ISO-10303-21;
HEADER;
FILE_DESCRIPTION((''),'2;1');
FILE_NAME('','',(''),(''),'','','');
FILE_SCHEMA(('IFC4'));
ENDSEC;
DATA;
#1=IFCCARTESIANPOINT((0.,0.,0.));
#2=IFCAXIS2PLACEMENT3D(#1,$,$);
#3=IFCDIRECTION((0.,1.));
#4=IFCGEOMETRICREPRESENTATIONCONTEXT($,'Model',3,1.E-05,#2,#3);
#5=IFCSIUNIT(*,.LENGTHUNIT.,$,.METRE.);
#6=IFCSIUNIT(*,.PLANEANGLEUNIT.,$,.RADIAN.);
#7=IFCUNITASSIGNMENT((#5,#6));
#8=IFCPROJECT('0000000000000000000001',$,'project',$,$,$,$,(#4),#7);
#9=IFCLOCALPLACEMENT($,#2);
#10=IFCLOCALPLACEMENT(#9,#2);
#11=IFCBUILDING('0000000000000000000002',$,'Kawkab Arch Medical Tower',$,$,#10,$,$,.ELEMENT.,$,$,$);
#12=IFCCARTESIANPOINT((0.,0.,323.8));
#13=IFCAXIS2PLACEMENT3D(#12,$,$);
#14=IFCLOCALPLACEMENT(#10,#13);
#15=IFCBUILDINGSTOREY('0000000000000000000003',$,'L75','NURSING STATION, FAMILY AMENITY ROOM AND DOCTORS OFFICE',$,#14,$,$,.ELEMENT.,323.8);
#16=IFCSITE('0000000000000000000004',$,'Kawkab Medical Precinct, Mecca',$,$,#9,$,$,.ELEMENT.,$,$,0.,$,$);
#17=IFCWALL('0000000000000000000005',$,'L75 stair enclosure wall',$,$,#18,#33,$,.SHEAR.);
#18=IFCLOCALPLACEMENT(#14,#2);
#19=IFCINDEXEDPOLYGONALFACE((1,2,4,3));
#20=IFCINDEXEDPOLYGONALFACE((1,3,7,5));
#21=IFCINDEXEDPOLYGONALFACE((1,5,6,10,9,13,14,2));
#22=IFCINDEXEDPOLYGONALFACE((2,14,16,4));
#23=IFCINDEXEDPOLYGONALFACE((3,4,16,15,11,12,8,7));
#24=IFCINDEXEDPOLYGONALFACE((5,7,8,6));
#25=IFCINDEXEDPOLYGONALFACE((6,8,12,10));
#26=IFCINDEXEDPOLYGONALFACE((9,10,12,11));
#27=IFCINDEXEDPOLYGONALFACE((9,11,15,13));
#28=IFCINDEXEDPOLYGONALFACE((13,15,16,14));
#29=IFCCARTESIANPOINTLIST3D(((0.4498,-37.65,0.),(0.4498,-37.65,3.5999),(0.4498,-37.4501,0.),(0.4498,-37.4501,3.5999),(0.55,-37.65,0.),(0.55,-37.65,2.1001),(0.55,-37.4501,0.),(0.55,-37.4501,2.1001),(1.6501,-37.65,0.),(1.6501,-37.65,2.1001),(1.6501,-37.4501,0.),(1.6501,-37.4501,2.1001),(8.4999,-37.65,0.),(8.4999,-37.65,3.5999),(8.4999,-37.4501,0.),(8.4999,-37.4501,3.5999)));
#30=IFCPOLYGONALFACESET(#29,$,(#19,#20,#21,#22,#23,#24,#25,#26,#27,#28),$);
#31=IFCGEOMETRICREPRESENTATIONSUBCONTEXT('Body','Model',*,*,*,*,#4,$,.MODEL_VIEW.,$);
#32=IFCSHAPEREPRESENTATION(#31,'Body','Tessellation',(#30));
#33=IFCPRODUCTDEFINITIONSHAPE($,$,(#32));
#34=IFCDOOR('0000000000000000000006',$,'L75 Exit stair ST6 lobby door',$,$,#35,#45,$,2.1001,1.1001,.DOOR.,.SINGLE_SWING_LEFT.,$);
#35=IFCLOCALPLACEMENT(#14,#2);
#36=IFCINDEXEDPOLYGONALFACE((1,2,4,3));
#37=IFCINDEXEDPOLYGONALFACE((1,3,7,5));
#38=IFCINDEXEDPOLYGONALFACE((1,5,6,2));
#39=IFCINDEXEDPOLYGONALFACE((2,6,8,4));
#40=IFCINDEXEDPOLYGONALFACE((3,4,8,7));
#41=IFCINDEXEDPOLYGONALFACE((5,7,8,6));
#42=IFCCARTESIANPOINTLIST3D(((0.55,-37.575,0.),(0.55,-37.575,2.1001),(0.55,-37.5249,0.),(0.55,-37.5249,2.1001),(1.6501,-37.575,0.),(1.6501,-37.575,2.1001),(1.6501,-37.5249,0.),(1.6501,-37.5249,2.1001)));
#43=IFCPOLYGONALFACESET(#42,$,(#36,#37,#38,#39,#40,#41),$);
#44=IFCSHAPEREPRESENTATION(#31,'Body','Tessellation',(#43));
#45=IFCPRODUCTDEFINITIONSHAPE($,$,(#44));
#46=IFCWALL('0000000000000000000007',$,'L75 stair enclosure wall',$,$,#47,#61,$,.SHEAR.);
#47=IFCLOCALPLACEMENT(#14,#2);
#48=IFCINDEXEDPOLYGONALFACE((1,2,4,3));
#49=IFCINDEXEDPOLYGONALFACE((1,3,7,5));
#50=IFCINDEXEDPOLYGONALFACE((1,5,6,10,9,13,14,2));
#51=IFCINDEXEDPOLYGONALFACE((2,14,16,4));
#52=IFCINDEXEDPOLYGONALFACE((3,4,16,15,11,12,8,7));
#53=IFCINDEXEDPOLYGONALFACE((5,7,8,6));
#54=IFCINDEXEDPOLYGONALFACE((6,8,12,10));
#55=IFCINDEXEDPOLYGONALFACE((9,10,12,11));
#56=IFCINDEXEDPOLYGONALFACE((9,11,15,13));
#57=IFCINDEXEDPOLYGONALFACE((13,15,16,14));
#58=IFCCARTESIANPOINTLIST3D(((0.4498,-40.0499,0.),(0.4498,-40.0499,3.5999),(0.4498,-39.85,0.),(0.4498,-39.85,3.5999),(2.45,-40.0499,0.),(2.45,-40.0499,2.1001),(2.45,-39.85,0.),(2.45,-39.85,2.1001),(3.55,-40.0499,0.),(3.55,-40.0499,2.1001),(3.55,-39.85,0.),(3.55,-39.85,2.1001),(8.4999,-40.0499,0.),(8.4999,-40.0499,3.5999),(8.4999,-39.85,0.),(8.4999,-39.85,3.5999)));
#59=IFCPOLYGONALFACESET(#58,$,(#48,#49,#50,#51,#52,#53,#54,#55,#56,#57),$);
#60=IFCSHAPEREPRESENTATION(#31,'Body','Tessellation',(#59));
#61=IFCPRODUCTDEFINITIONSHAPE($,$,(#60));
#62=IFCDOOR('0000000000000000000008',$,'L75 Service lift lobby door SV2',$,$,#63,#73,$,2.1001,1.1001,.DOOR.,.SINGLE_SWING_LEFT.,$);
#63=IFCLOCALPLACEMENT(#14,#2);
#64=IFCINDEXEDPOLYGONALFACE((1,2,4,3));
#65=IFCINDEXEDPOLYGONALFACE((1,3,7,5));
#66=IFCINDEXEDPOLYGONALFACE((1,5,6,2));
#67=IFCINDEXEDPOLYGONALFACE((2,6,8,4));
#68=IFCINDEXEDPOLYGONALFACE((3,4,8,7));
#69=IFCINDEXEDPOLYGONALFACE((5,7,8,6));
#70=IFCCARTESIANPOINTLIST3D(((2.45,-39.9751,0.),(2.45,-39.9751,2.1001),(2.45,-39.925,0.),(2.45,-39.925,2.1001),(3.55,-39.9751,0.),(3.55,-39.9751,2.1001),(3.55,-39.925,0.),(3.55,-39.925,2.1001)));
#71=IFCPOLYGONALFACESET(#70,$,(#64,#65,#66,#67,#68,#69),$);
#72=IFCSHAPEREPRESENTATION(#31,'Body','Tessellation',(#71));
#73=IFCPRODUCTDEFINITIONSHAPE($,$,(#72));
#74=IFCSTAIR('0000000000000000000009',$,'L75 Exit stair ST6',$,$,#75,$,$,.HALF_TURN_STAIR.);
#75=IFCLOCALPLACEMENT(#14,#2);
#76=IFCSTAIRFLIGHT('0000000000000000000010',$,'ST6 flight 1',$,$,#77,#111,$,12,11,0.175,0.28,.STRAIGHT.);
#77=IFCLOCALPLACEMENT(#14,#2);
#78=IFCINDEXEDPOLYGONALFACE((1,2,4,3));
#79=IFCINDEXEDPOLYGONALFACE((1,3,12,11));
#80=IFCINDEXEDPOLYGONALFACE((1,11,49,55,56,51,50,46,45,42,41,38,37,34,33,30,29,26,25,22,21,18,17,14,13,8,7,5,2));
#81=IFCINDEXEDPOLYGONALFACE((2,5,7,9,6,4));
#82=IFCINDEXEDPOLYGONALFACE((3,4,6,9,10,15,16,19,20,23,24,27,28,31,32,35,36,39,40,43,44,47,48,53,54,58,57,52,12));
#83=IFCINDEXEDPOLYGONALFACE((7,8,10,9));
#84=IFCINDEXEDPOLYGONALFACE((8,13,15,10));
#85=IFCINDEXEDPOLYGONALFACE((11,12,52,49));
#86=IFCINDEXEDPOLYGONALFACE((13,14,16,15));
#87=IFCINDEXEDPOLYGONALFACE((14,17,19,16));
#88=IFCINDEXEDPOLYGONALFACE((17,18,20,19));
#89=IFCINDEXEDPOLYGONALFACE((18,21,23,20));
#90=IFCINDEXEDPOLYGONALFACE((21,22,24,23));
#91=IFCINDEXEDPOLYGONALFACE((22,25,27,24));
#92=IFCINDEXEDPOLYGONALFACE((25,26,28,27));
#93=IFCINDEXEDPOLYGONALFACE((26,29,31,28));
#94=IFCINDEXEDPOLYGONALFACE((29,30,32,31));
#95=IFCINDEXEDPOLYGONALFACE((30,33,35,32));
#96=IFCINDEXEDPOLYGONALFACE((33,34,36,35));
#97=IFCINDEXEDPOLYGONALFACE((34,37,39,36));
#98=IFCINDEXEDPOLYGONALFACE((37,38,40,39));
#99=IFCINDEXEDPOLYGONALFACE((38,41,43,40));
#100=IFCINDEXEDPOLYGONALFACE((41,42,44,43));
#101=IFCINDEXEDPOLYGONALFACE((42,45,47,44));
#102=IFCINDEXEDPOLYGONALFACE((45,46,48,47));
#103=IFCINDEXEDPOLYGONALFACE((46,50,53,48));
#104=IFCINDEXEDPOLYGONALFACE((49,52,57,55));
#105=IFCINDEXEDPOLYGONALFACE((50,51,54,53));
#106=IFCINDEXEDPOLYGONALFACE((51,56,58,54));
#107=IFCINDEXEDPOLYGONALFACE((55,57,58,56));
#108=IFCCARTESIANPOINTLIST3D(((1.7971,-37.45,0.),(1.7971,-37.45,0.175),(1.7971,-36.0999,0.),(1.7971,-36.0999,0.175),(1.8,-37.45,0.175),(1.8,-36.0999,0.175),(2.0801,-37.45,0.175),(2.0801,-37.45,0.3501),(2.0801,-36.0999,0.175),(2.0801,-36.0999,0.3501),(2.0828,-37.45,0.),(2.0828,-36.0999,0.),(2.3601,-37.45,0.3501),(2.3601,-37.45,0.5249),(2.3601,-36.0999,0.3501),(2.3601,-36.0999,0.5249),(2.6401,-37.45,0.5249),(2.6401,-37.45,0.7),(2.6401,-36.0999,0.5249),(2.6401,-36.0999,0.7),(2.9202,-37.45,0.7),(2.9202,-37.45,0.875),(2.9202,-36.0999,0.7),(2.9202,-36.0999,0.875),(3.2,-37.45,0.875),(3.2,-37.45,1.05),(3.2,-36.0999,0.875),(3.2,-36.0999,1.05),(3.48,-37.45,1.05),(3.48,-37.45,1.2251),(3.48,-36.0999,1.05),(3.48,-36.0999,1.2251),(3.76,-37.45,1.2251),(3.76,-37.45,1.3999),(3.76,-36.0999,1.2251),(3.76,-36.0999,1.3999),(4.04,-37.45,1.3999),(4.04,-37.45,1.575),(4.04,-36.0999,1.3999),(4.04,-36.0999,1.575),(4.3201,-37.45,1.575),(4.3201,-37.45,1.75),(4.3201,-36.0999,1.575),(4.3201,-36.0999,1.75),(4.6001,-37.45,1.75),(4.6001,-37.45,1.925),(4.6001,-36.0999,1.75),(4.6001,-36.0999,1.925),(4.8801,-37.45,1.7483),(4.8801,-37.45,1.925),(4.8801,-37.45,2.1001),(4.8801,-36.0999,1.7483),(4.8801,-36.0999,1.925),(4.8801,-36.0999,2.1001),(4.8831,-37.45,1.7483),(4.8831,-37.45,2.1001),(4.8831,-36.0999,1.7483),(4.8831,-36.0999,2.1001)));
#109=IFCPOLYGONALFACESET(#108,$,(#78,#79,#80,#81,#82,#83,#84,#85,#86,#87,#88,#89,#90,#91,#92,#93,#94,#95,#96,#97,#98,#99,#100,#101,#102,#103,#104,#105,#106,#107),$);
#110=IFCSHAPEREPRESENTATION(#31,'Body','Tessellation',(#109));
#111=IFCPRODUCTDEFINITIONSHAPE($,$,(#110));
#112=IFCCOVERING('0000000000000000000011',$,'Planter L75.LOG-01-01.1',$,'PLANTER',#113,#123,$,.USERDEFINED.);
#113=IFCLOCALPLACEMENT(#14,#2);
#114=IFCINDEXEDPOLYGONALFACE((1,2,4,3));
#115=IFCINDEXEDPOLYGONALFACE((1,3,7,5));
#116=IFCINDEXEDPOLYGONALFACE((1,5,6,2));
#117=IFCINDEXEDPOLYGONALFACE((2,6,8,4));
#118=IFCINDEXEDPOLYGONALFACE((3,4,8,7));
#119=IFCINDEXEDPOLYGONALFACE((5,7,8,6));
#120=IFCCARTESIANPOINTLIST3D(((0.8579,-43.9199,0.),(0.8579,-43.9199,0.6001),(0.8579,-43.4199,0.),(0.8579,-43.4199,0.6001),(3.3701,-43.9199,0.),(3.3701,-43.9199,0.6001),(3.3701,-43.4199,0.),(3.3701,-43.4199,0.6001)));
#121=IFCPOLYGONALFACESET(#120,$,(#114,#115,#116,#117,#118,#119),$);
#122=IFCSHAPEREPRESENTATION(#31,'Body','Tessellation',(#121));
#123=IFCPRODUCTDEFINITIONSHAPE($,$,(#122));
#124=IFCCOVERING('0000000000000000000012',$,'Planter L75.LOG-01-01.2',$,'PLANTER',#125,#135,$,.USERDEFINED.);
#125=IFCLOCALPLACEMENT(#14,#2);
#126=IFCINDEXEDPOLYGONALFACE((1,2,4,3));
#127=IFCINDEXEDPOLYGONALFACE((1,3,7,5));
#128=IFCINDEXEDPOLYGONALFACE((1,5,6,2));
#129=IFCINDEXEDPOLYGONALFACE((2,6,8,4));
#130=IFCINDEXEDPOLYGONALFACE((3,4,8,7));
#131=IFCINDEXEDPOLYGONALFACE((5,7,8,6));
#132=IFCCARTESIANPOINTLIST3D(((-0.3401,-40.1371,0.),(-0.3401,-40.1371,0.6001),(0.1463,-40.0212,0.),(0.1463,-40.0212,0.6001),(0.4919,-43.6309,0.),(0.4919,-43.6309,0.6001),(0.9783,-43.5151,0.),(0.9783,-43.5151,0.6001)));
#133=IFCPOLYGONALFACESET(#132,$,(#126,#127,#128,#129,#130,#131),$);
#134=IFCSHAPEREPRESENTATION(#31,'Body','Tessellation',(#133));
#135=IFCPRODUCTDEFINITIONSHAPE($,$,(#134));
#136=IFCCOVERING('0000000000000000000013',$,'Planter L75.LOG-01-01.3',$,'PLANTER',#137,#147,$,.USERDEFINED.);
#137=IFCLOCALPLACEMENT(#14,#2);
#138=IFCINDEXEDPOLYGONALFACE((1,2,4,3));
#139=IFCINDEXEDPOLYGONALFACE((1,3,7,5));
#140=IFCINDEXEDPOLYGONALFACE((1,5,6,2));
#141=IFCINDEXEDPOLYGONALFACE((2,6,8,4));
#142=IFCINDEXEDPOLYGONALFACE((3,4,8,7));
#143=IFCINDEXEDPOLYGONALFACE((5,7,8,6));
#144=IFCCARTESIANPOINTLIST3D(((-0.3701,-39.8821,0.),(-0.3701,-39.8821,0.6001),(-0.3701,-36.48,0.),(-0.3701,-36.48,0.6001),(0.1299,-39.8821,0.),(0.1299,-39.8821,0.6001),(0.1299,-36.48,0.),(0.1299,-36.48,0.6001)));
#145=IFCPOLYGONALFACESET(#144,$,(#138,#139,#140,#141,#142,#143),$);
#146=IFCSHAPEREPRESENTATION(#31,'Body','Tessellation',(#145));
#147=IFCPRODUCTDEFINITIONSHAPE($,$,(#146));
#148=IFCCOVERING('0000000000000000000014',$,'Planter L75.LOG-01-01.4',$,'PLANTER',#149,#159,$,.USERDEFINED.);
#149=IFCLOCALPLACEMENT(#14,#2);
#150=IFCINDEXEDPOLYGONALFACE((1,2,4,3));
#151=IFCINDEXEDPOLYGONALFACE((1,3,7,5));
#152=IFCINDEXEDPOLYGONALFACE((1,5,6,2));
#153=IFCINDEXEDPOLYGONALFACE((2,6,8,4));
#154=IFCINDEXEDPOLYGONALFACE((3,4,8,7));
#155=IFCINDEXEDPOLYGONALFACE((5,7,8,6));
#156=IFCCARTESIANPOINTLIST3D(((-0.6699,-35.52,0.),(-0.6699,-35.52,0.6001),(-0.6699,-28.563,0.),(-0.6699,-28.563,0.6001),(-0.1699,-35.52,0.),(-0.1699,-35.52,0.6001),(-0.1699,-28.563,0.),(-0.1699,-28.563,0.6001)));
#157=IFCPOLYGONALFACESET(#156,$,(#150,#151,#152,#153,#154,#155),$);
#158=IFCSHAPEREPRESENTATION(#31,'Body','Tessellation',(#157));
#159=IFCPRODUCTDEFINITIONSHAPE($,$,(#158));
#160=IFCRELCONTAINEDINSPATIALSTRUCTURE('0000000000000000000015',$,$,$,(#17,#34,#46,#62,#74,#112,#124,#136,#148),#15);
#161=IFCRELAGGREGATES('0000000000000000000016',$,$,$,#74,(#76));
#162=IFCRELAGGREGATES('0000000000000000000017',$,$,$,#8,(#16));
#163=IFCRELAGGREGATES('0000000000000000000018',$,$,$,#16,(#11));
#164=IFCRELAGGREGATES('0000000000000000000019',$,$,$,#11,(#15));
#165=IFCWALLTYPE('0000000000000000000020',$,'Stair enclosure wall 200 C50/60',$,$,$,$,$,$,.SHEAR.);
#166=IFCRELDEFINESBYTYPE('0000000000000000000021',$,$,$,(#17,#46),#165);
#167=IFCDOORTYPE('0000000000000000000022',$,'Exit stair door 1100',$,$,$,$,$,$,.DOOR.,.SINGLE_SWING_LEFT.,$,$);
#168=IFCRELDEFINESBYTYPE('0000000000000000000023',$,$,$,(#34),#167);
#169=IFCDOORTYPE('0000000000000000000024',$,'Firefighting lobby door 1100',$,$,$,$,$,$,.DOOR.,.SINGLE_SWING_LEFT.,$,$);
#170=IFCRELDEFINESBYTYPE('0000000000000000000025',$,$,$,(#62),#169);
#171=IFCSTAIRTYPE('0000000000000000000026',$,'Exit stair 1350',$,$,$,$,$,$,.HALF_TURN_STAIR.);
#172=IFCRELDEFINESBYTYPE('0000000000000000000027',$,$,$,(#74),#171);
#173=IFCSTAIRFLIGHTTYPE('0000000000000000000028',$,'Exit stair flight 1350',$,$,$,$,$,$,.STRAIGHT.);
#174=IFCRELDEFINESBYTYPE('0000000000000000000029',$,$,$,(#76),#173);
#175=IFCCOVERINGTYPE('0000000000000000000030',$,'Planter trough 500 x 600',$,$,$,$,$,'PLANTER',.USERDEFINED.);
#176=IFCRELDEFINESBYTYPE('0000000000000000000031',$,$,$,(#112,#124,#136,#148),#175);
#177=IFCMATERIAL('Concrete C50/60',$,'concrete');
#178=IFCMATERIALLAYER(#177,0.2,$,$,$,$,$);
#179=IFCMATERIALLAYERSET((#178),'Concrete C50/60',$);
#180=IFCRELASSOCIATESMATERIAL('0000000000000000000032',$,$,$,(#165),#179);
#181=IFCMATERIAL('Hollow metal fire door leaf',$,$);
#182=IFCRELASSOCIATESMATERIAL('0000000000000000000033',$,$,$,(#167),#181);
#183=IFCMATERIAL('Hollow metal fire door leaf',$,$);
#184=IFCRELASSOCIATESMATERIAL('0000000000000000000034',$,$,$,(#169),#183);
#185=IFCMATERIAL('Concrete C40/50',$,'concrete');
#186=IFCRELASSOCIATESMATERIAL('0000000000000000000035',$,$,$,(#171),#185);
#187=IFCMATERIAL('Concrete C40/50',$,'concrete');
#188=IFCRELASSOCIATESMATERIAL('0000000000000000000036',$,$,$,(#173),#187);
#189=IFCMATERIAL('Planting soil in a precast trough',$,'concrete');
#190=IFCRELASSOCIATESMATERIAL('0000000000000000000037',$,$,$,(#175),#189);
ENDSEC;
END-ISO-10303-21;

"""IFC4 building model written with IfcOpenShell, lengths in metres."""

from ifc_helpers import new_model, si_unit, direction, frame, frame_2d, origin, origin_2d, place, context, subcontext, project, spatial, polyline, rectangle, outline, extrude, material, layer, layer_set, material_profile, profile_set, type_object, element, fill, aggregate, save


model = new_model("IFC4")

# Units and contexts
model_context = context("Model", 3, precision=1e-05, world=origin(), true_north=direction((0.0, 1.0)))
body_context = subcontext(model_context, "Body", "Model", "MODEL_VIEW")
ifc_project = project(units=[si_unit("LENGTHUNIT", "METRE"), si_unit("PLANEANGLEUNIT", "RADIAN")], contexts=[model_context])

# Site, building, storey
site_placement = place(None, origin())
site = spatial("IfcSite", under=ifc_project, at=site_placement, Name="Kawkab Medical Precinct, Mecca", CompositionType="ELEMENT", RefElevation=0.0)
building_placement = place(site_placement, origin())
building = spatial("IfcBuilding", under=site, at=building_placement, Name="Kawkab Arch Medical Tower", CompositionType="ELEMENT")
storey_placement = place(building_placement, frame((0.0, 0.0, 323.8)))
storey = spatial("IfcBuildingStorey", under=building, at=storey_placement, Name="L75", Description="NURSING STATION, FAMILY AMENITY ROOM AND DOCTORS OFFICE", CompositionType="ELEMENT", Elevation=323.8)

# Shared definitions
placement = place(storey_placement, origin())

# Walls, openings, doors
ifc_material_1 = material(Name="Concrete C50/60", Category="concrete")
ifc_layer_1 = layer(ifc_material_1, 0.2)
ifc_layer_set_1 = layer_set([ifc_layer_1], Name="Concrete C50/60")
wall_type_1 = type_object("IfcWallType", Name="Stair enclosure wall 200 C50/60", PredefinedType="SHEAR", material=ifc_layer_set_1)
ifc_material_2 = material(Name="Hollow metal fire door leaf")
door_type_1 = type_object("IfcDoorType", Name="Exit stair door 1100", OperationType="SINGLE_SWING_LEFT", PredefinedType="DOOR", material=ifc_material_2)
wall_1_placement = place(storey_placement, frame((0.45, -37.55, 0.0), z_axis=(0.0, 0.0, 1.0), x_axis=(1.0, 0.0, 0.0)))
wall_1 = element("IfcWall", 1, at=wall_1_placement, inside=storey, type_object=wall_type_1, Name="L75 stair enclosure wall", PredefinedType="SHEAR", context=body_context, shape_type="SweptSolid", body=[
    extrude(rectangle(XDim=8.05, YDim=0.2, at=frame_2d((4.0249, 0.0))), origin(), (0.0, 0.0, 1.0), 3.5999),
])
opening_1_placement = place(wall_1_placement, frame((0.1001, 0.0, 0.0)))
opening_1 = element("IfcOpeningElement", 2, at=opening_1_placement, cuts=wall_1, PredefinedType="OPENING", context=body_context, shape_type="SweptSolid", body=[
    extrude(rectangle(XDim=1.1001, YDim=2.1001, at=frame_2d((0.55, 1.05))), frame((0.0, 0.1099, 0.0), z_axis=(0.0, -1.0, 0.0), x_axis=(1.0, 0.0, 0.0)), (0.0, 0.0, 1.0), 0.22),
])
door_1_placement = place(opening_1_placement, frame((1.1001, 0.0, 0.0), z_axis=(0.0, 0.0, 1.0), x_axis=(-1.0, 0.0, 0.0)))
door_1 = element("IfcDoor", 3, at=door_1_placement, inside=storey, type_object=door_type_1, Name="L75 Exit stair ST6 lobby door", OperationType="SINGLE_SWING_LEFT", OverallHeight=2.1001, OverallWidth=1.1001, PredefinedType="DOOR", context=body_context, shape_type="SweptSolid", body=[
    extrude(rectangle(XDim=1.1001, YDim=2.1001, at=frame_2d((0.55, 1.05))), frame((0.0, 0.0249, 0.0), z_axis=(0.0, -1.0, 0.0), x_axis=(1.0, 0.0, 0.0)), (0.0, 0.0, 1.0), 0.05),
])
fill(opening_1, door_1)
wall_2_placement = place(storey_placement, frame((0.45, -39.95, 0.0), z_axis=(0.0, 0.0, 1.0), x_axis=(1.0, 0.0, 0.0)))
wall_2 = element("IfcWall", 4, at=wall_2_placement, inside=storey, type_object=wall_type_1, Name="L75 stair enclosure wall", PredefinedType="SHEAR", context=body_context, shape_type="SweptSolid", body=[
    extrude(rectangle(XDim=8.05, YDim=0.2, at=frame_2d((4.0249, 0.0))), origin(), (0.0, 0.0, 1.0), 3.5999),
])
opening_2_placement = place(wall_2_placement, frame((2.0, 0.0, 0.0)))
opening_2 = element("IfcOpeningElement", 5, at=opening_2_placement, cuts=wall_2, PredefinedType="OPENING", context=body_context, shape_type="SweptSolid", body=[
    extrude(rectangle(XDim=1.1001, YDim=2.1001, at=frame_2d((0.55, 1.05))), frame((0.0, 0.1099, 0.0), z_axis=(0.0, -1.0, 0.0), x_axis=(1.0, 0.0, 0.0)), (0.0, 0.0, 1.0), 0.22),
])
ifc_material_3 = material(Name="Hollow metal fire door leaf")
door_type_2 = type_object("IfcDoorType", Name="Firefighting lobby door 1100", OperationType="SINGLE_SWING_LEFT", PredefinedType="DOOR", material=ifc_material_3)
door_2_placement = place(opening_2_placement, origin())
door_2 = element("IfcDoor", 6, at=door_2_placement, inside=storey, type_object=door_type_2, Name="L75 Service lift lobby door SV2", OperationType="SINGLE_SWING_LEFT", OverallHeight=2.1001, OverallWidth=1.1001, PredefinedType="DOOR", context=body_context, shape_type="SweptSolid", body=[
    extrude(rectangle(XDim=1.1001, YDim=2.1001, at=frame_2d((0.55, 1.05))), frame((0.0, 0.0249, 0.0), z_axis=(0.0, -1.0, 0.0), x_axis=(1.0, 0.0, 0.0)), (0.0, 0.0, 1.0), 0.05),
])
fill(opening_2, door_2)

# Stair, stair flight
ifc_material_4 = material(Name="Concrete C40/50", Category="concrete")
stair_type = type_object("IfcStairType", Name="Exit stair 1350", PredefinedType="HALF_TURN_STAIR", material=ifc_material_4)
stair = element("IfcStair", 7, at=placement, inside=storey, type_object=stair_type, Name="L75 Exit stair ST6", PredefinedType="HALF_TURN_STAIR")
ifc_material_5 = material(Name="Concrete C40/50", Category="concrete")
stair_flight_type = type_object("IfcStairFlightType", Name="Exit stair flight 1350", PredefinedType="STRAIGHT", material=ifc_material_5)
stair_flight_placement = place(storey_placement, frame((1.8, -36.7749, 0.0), z_axis=(0.0, 0.0, 1.0), x_axis=(1.0, 0.0, 0.0)))
stair_flight = element("IfcStairFlight", 8, at=stair_flight_placement, type_object=stair_flight_type, Name="ST6 flight 1", NumberOfRisers=12, NumberOfTreads=11, PredefinedType="STRAIGHT", RiserHeight=0.175, TreadLength=0.28, context=body_context, shape_type="SweptSolid", body=[
    extrude(outline(polyline([(-0.0029, 0.0), (-0.0029, 0.175), (0.0, 0.175), (0.28, 0.175), (0.28, 0.3501), (0.5601, 0.3501), (0.5601, 0.5249), (0.8401, 0.5249), (0.8401, 0.7), (1.1201, 0.7), (1.1201, 0.875), (1.3999, 0.875), (1.3999, 1.05), (1.6799, 1.05), (1.6799, 1.2251), (1.96, 1.2251), (1.96, 1.3999), (2.24, 1.3999), (2.24, 1.575), (2.52, 1.575), (2.52, 1.75), (2.8, 1.75), (2.8, 1.925), (3.0801, 1.925), (3.0801, 2.1001), (3.083, 2.1001), (3.083, 1.7483), (3.0801, 1.7483), (0.2827, 0.0), (-0.0029, 0.0)])), frame((0.0, 0.675, 0.0), z_axis=(0.0, -1.0, 0.0), x_axis=(1.0, 0.0, 0.0)), (0.0, 0.0, 1.0), 1.3501),
])
aggregate(stair, [stair_flight])

# Coverings
ifc_material_6 = material(Name="Planting soil in a precast trough", Category="concrete")
ifc_material_profile_1 = material_profile(ifc_material_6, rectangle(XDim=0.5, YDim=0.6001, at=origin_2d()), Name="Trough 500x600")
ifc_profile_set_1 = profile_set([ifc_material_profile_1], Name="Planting soil in a precast trough")
covering_type = type_object("IfcCoveringType", Name="Planter trough 500 x 600", ElementType="PLANTER", PredefinedType="USERDEFINED", material=ifc_profile_set_1)
covering_1_placement = place(storey_placement, frame((3.3701, -43.6699, 0.3), z_axis=(-1.0, 0.0, 0.0), x_axis=(0.0, -1.0, 0.0)))
element("IfcCovering", 9, at=covering_1_placement, inside=storey, type_object=covering_type, Name="Planter L75.LOG-01-01.1", ObjectType="PLANTER", PredefinedType="USERDEFINED", context=body_context, shape_type="SweptSolid", body=[
    extrude(rectangle(XDim=0.5, YDim=0.6001, at=origin_2d()), origin(), (0.0, 0.0, 1.0), 2.5122),
])
covering_2_placement = place(storey_placement, frame((0.7351, -43.573, 0.3), z_axis=(-0.23166, 0.972797, 0.0), x_axis=(-0.972797, -0.23166, 0.0)))
element("IfcCovering", 10, at=covering_2_placement, inside=storey, type_object=covering_type, Name="Planter L75.LOG-01-01.2", ObjectType="PLANTER", PredefinedType="USERDEFINED", context=body_context, shape_type="SweptSolid", body=[
    extrude(rectangle(XDim=0.5, YDim=0.6001, at=origin_2d()), origin(), (0.0, 0.0, 1.0), 3.5916),
])
covering_3_placement = place(storey_placement, frame((-0.1201, -39.8821, 0.3), z_axis=(0.0, 1.0, 0.0), x_axis=(-1.0, 0.0, 0.0)))
element("IfcCovering", 11, at=covering_3_placement, inside=storey, type_object=covering_type, Name="Planter L75.LOG-01-01.3", ObjectType="PLANTER", PredefinedType="USERDEFINED", context=body_context, shape_type="SweptSolid", body=[
    extrude(rectangle(XDim=0.5, YDim=0.6001, at=origin_2d()), origin(), (0.0, 0.0, 1.0), 3.4021),
])
covering_4_placement = place(storey_placement, frame((-0.4199, -35.52, 0.3), z_axis=(0.0, 1.0, 0.0), x_axis=(-1.0, 0.0, 0.0)))
element("IfcCovering", 12, at=covering_4_placement, inside=storey, type_object=covering_type, Name="Planter L75.LOG-01-01.4", ObjectType="PLANTER", PredefinedType="USERDEFINED", context=body_context, shape_type="SweptSolid", body=[
    extrude(rectangle(XDim=0.5, YDim=0.6001, at=origin_2d()), origin(), (0.0, 0.0, 1.0), 6.957),
])

save(model, "model.ifc")
